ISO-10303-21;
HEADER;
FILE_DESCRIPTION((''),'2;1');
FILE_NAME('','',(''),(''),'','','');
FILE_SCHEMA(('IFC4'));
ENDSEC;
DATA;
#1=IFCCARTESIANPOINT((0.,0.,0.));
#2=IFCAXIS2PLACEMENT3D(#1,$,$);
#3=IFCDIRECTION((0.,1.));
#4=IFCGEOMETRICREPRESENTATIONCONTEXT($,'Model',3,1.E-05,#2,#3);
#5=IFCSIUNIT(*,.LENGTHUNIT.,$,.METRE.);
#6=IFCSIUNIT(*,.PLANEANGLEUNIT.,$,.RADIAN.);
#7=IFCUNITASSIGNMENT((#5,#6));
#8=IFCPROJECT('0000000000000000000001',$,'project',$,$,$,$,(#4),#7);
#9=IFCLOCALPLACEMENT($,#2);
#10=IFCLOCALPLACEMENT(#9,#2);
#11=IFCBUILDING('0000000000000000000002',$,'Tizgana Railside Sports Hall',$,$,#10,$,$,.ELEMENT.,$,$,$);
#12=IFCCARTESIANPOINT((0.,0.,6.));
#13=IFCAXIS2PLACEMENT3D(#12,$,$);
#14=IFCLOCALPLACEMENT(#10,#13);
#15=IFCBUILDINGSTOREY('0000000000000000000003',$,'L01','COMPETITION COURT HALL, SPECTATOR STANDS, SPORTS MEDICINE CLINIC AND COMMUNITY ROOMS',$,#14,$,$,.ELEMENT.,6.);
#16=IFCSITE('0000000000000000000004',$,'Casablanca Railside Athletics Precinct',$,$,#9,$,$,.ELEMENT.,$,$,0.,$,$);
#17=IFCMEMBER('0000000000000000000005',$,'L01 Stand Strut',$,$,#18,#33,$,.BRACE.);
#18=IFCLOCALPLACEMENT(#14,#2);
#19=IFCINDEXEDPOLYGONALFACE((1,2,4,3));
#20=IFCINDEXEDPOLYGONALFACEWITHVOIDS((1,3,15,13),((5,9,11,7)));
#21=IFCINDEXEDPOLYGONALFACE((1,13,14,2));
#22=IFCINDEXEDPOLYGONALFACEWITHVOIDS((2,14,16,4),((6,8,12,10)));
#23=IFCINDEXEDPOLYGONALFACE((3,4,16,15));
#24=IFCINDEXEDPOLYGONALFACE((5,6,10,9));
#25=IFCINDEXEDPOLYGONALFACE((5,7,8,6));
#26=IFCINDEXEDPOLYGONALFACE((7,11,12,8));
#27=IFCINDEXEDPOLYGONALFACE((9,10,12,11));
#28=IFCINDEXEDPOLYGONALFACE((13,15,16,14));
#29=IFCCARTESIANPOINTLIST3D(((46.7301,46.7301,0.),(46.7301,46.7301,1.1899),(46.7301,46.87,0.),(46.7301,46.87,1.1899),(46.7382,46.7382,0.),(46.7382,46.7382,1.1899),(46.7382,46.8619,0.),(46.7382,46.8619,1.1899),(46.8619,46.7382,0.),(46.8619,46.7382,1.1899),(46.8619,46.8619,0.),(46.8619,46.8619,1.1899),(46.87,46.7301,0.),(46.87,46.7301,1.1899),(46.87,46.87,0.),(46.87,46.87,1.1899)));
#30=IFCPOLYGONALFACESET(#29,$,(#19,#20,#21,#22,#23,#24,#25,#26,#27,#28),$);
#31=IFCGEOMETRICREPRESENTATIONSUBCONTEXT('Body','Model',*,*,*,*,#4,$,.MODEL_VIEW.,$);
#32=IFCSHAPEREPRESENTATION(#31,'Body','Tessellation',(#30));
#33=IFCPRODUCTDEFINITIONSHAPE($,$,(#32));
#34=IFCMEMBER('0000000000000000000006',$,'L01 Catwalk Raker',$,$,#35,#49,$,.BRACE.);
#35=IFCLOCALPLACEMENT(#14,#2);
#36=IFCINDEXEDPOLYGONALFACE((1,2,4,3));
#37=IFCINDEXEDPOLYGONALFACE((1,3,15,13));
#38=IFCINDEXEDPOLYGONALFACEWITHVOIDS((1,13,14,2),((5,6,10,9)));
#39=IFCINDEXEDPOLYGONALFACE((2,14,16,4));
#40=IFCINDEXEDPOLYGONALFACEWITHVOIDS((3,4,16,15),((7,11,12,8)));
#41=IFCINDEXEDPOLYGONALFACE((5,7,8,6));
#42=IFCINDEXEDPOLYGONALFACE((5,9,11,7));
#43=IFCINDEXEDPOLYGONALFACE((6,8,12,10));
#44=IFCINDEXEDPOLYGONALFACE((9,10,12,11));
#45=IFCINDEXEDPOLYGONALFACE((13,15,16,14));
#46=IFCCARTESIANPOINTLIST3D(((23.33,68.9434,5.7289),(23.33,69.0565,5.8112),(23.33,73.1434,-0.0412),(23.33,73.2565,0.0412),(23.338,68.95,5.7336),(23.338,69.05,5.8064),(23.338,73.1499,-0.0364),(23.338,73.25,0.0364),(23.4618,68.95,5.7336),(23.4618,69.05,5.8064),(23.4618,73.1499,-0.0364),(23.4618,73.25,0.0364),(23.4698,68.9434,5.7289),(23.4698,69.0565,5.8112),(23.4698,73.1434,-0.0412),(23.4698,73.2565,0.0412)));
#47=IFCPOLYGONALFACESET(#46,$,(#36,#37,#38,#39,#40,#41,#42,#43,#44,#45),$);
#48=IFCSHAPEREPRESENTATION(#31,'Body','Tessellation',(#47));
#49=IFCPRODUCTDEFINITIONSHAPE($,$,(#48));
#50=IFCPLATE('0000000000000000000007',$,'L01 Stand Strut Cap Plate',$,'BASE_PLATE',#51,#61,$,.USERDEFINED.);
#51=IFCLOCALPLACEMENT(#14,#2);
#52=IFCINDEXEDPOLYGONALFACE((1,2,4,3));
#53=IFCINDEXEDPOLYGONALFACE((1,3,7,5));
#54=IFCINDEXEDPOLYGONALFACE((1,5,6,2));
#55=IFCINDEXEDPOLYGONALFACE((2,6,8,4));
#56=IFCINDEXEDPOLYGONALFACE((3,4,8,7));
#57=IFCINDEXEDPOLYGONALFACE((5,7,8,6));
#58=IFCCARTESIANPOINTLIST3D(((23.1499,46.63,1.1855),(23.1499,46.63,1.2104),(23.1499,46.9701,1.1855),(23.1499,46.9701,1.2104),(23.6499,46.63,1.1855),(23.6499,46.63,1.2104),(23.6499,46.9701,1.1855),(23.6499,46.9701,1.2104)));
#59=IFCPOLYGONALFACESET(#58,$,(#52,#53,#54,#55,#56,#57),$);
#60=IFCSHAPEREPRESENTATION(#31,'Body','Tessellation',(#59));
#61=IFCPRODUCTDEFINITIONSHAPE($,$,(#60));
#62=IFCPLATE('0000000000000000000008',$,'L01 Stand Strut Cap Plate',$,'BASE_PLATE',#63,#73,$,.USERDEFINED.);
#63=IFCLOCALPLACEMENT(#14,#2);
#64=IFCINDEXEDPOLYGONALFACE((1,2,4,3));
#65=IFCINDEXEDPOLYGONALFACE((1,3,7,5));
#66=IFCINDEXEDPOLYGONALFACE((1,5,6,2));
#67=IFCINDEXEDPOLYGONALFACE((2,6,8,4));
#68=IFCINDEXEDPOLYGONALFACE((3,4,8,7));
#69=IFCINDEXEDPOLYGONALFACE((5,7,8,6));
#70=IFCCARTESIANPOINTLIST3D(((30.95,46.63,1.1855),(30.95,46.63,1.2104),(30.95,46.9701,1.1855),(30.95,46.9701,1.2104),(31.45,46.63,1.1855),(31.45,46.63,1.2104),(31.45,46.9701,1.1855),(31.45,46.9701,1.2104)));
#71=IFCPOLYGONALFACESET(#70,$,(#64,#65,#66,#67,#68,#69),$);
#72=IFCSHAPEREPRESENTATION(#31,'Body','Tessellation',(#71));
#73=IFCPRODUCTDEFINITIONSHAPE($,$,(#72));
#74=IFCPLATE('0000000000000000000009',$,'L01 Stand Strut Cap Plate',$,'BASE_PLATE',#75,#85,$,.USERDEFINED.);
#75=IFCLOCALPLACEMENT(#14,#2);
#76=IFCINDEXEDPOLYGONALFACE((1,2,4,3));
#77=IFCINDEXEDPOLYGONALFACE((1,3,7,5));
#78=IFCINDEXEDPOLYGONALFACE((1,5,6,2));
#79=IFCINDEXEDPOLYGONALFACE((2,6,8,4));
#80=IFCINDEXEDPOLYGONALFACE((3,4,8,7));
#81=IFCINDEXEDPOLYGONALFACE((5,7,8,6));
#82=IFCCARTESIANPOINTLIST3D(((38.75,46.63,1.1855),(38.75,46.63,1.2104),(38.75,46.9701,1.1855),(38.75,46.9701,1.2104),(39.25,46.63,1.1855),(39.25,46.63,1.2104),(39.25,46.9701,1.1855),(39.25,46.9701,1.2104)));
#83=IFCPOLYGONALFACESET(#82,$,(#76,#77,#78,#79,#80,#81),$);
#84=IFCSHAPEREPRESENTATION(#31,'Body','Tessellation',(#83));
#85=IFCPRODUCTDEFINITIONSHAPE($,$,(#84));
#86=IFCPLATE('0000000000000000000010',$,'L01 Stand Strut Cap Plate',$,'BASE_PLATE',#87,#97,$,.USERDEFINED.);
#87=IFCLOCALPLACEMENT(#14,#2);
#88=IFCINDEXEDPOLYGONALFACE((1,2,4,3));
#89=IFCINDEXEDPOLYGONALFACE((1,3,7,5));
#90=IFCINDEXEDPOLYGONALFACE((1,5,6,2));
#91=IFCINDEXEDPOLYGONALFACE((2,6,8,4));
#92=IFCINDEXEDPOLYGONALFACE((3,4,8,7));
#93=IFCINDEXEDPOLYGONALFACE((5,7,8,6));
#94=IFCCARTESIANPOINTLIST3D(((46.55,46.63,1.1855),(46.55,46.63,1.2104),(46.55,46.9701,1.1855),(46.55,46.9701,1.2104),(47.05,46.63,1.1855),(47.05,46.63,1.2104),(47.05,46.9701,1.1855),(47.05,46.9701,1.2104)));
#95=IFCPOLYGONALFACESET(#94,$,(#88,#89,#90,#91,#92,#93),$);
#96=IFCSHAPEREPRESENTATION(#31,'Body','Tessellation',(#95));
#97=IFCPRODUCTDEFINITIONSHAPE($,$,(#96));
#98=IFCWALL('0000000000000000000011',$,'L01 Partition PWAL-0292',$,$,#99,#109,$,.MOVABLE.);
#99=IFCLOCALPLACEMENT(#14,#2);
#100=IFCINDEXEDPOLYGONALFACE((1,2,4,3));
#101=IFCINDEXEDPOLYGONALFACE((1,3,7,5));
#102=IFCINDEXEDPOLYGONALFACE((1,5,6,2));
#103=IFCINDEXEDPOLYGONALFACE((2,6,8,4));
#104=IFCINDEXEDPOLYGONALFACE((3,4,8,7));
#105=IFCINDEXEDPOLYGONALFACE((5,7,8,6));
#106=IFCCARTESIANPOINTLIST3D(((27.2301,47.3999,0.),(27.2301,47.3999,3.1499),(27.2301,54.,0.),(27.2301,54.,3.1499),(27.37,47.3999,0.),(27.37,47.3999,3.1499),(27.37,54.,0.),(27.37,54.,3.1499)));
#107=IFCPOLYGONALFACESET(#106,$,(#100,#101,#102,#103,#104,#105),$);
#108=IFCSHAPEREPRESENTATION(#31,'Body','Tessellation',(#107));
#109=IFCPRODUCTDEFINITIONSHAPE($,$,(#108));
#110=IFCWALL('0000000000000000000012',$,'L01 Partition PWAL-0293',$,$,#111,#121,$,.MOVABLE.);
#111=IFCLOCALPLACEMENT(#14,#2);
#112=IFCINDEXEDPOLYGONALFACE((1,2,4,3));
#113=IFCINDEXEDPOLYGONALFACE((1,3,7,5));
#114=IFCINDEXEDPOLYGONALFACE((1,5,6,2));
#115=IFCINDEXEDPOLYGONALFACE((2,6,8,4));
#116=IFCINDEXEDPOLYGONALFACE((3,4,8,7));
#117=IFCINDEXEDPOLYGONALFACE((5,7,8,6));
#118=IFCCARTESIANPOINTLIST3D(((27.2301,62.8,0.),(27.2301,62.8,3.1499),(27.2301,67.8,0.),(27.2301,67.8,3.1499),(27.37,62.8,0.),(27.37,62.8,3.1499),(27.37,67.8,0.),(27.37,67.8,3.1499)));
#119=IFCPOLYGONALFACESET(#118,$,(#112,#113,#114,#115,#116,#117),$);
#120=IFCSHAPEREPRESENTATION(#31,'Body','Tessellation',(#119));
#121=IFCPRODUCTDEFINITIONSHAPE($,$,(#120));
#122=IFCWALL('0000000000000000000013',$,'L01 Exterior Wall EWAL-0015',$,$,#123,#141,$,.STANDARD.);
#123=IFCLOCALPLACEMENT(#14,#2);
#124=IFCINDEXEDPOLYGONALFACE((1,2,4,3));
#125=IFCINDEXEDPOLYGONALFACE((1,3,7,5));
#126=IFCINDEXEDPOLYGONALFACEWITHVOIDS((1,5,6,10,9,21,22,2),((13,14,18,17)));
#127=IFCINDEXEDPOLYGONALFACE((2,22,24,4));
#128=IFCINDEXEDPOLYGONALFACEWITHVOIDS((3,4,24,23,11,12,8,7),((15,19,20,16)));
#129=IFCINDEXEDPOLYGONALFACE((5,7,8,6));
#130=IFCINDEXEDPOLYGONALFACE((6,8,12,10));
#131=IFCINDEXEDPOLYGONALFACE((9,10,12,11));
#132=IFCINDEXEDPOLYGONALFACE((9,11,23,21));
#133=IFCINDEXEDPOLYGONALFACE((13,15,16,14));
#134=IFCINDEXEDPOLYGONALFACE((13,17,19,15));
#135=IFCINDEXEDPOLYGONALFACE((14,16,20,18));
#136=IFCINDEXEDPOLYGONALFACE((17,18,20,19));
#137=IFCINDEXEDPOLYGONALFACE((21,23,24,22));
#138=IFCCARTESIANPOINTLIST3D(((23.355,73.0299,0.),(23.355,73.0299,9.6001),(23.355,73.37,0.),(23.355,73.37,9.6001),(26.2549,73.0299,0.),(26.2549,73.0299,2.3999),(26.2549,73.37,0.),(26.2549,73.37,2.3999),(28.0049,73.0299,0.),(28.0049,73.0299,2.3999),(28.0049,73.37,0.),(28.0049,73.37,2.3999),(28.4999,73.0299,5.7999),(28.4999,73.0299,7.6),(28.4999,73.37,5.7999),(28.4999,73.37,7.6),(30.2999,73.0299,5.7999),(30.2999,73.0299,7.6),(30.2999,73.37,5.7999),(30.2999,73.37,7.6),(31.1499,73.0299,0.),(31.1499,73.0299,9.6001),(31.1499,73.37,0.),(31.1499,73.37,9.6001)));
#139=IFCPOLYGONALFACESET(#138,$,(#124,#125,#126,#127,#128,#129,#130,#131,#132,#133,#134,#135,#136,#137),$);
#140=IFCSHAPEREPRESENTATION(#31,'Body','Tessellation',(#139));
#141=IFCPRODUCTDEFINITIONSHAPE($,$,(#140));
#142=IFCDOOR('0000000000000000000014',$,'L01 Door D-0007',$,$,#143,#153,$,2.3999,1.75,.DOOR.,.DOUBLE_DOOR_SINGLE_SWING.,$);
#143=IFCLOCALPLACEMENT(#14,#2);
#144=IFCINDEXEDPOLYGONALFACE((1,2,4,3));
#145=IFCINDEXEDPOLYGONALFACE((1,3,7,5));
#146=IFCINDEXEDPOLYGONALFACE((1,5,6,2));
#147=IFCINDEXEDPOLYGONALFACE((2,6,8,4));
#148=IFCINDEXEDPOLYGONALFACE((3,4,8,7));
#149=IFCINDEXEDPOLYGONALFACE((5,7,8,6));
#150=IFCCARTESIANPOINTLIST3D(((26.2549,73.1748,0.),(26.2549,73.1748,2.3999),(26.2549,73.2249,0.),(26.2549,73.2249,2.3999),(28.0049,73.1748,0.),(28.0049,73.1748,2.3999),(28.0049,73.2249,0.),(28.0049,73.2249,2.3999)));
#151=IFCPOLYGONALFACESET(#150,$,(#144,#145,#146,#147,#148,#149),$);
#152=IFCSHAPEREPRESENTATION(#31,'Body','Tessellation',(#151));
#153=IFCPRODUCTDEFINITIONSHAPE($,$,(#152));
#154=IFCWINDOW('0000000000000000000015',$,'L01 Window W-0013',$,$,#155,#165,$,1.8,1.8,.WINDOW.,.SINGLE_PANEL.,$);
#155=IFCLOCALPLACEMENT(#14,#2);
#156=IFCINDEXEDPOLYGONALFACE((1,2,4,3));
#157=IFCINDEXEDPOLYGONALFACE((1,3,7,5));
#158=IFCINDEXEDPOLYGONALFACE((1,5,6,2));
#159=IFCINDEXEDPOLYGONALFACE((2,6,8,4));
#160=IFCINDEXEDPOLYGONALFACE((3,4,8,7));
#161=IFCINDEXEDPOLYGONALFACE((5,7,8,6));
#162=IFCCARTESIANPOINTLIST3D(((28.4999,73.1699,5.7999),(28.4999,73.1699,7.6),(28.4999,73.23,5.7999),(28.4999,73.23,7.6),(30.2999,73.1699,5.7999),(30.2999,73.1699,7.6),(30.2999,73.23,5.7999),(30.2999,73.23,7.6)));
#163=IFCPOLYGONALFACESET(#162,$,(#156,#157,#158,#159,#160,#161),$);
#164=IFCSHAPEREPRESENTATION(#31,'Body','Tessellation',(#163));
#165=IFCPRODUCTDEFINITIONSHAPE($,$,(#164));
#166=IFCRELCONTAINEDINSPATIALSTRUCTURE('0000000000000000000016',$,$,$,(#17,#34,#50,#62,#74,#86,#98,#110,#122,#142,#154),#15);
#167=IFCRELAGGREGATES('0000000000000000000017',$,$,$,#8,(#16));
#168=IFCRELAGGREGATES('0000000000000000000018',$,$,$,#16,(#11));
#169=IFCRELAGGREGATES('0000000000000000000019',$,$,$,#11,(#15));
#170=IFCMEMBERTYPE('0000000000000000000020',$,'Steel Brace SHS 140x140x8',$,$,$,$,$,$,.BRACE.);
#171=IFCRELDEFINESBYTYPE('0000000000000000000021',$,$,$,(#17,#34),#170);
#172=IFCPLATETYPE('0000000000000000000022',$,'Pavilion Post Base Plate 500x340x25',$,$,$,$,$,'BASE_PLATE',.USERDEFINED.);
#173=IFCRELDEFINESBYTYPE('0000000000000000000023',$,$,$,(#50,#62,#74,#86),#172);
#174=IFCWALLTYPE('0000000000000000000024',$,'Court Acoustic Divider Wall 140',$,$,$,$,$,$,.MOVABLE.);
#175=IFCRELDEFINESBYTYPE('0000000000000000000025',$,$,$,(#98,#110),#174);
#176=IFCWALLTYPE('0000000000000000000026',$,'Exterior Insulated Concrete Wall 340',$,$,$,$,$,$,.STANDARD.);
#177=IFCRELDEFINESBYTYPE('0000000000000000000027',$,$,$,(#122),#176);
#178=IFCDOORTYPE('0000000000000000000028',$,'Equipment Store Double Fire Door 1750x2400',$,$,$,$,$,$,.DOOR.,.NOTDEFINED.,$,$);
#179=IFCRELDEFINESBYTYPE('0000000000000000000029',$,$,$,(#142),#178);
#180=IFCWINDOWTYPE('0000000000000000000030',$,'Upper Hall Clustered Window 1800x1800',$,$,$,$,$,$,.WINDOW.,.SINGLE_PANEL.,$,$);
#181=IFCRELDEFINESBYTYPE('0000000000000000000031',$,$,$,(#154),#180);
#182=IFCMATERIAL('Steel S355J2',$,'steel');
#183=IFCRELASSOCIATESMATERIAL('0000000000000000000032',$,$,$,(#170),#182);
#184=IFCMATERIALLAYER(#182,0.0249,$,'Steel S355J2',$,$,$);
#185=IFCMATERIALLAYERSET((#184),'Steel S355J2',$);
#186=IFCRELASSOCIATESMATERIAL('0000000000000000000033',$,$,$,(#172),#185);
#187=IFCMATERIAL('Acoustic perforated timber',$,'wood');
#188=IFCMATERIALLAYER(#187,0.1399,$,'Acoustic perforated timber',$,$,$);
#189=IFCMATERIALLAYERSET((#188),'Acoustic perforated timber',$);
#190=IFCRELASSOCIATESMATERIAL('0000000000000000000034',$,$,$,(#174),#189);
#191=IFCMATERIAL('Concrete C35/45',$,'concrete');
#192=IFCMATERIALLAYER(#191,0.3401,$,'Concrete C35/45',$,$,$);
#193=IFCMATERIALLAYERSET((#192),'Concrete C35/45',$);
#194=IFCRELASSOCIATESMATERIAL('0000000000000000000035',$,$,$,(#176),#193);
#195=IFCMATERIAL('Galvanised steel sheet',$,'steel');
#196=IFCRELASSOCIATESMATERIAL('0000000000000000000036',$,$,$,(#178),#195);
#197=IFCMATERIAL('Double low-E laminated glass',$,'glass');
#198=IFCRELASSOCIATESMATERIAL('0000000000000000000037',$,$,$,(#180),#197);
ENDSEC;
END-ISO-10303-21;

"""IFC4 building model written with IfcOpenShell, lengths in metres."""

from ifc_helpers import new_model, si_unit, direction, frame, frame_2d, origin, origin_2d, place, context, subcontext, project, spatial, rectangle, hollow_rectangle, extrude, material, layer, layer_set, material_profile, profile_set, type_object, element, fill, save


model = new_model("IFC4")

# Units and contexts
model_context = context("Model", 3, precision=1e-05, world=origin(), true_north=direction((0.0, 1.0)))
body_context = subcontext(model_context, "Body", "Model", "MODEL_VIEW")
ifc_project = project(units=[si_unit("LENGTHUNIT", "METRE"), si_unit("PLANEANGLEUNIT", "RADIAN")], contexts=[model_context])

# Site, building, storey
site_placement = place(None, origin())
site = spatial("IfcSite", under=ifc_project, at=site_placement, Name="Casablanca Railside Athletics Precinct", CompositionType="ELEMENT", RefElevation=0.0)
building_placement = place(site_placement, origin())
building = spatial("IfcBuilding", under=site, at=building_placement, Name="Tizgana Railside Sports Hall", CompositionType="ELEMENT")
storey_placement = place(building_placement, frame((0.0, 0.0, 6.0)))
storey = spatial("IfcBuildingStorey", under=building, at=storey_placement, Name="L01", Description="COMPETITION COURT HALL, SPECTATOR STANDS, SPORTS MEDICINE CLINIC AND COMMUNITY ROOMS", CompositionType="ELEMENT", Elevation=6.0)

# Shared definitions
ifc_material_1 = material(Name="Steel S355J2", Category="steel")

# Members
ifc_material_profile_1 = material_profile(ifc_material_1, hollow_rectangle(XDim=0.1399, YDim=0.1399, WallThickness=0.0081, at=origin_2d()), Name="SHS 140x140x8")
ifc_profile_set_1 = profile_set([ifc_material_profile_1], Name="Steel S355J2")
member_type = type_object("IfcMemberType", Name="Steel Brace SHS 140x140x8", PredefinedType="BRACE", material=ifc_profile_set_1)
for number, where, z_axis, x_axis, name in (
    (1, (46.8, 46.8, 0.0), (0.0, 0.0, 1.0), (1.0, 0.0, 0.0), "L01 Stand Strut"),
):
    element("IfcMember", number, at=place(storey_placement, frame(where, z_axis=z_axis, x_axis=x_axis)), inside=storey, type_object=member_type, Name=name, PredefinedType="BRACE", context=body_context, shape_type="SweptSolid", body=[
        extrude(hollow_rectangle(XDim=0.1399, YDim=0.1399, WallThickness=0.0081, at=origin_2d()), origin(), (0.0, 0.0, 1.0), 1.1899),
    ])
member_placement = place(storey_placement, frame((23.3999, 73.2, 0.0), z_axis=(0.0, -0.588499, 0.808498), x_axis=(1.0, 0.0, 0.0)))
element("IfcMember", 2, at=member_placement, inside=storey, type_object=member_type, Name="L01 Catwalk Raker", PredefinedType="BRACE", context=body_context, shape_type="SweptSolid", body=[
    extrude(hollow_rectangle(XDim=0.1399, YDim=0.1399, WallThickness=0.0081, at=origin_2d()), origin(), (0.0, 0.0, 1.0), 7.1367),
])

# Plates
ifc_layer_1 = layer(ifc_material_1, 0.0249, Name="Steel S355J2")
ifc_layer_set_1 = layer_set([ifc_layer_1], Name="Steel S355J2")
plate_type = type_object("IfcPlateType", Name="Pavilion Post Base Plate 500x340x25", ElementType="BASE_PLATE", PredefinedType="USERDEFINED", material=ifc_layer_set_1)
for number, where, z_axis, x_axis, name in (
    (3, (23.3999, 46.8, 1.1855), (0.0, 0.0, 1.0), (1.0, 0.0, 0.0), "L01 Stand Strut Cap Plate"),
    (4, (31.2, 46.8, 1.1855), (0.0, 0.0, 1.0), (1.0, 0.0, 0.0), "L01 Stand Strut Cap Plate"),
    (5, (39.0, 46.8, 1.1855), (0.0, 0.0, 1.0), (1.0, 0.0, 0.0), "L01 Stand Strut Cap Plate"),
    (6, (46.8, 46.8, 1.1855), (0.0, 0.0, 1.0), (1.0, 0.0, 0.0), "L01 Stand Strut Cap Plate"),
):
    element("IfcPlate", number, at=place(storey_placement, frame(where, z_axis=z_axis, x_axis=x_axis)), inside=storey, type_object=plate_type, Name=name, ObjectType="BASE_PLATE", PredefinedType="USERDEFINED", context=body_context, shape_type="SweptSolid", body=[
        extrude(rectangle(XDim=0.5, YDim=0.3401, at=origin_2d()), origin(), (0.0, 0.0, 1.0), 0.0249),
    ])

# Walls
ifc_material_2 = material(Name="Acoustic perforated timber", Category="wood")
ifc_layer_2 = layer(ifc_material_2, 0.1399, Name="Acoustic perforated timber")
ifc_layer_set_2 = layer_set([ifc_layer_2], Name="Acoustic perforated timber")
wall_type_1 = type_object("IfcWallType", Name="Court Acoustic Divider Wall 140", PredefinedType="MOVABLE", material=ifc_layer_set_2)
wall_1_placement = place(storey_placement, frame((27.3, 47.3999, 0.0), z_axis=(0.0, 0.0, 1.0), x_axis=(0.0, 1.0, 0.0)))
element("IfcWall", 7, at=wall_1_placement, inside=storey, type_object=wall_type_1, Name="L01 Partition PWAL-0292", PredefinedType="MOVABLE", context=body_context, shape_type="SweptSolid", body=[
    extrude(rectangle(XDim=6.6001, YDim=0.1399, at=frame_2d((3.3, 0.0))), origin(), (0.0, 0.0, 1.0), 3.1499),
])
wall_2_placement = place(storey_placement, frame((27.3, 62.8, 0.0), z_axis=(0.0, 0.0, 1.0), x_axis=(0.0, 1.0, 0.0)))
element("IfcWall", 8, at=wall_2_placement, inside=storey, type_object=wall_type_1, Name="L01 Partition PWAL-0293", PredefinedType="MOVABLE", context=body_context, shape_type="SweptSolid", body=[
    extrude(rectangle(XDim=5.0, YDim=0.1399, at=frame_2d((2.5, 0.0))), origin(), (0.0, 0.0, 1.0), 3.1499),
])

# Wall, openings, door, window
ifc_material_3 = material(Name="Concrete C35/45", Category="concrete")
ifc_layer_3 = layer(ifc_material_3, 0.3401, Name="Concrete C35/45")
ifc_layer_set_3 = layer_set([ifc_layer_3], Name="Concrete C35/45")
wall_type_2 = type_object("IfcWallType", Name="Exterior Insulated Concrete Wall 340", PredefinedType="STANDARD", material=ifc_layer_set_3)
wall_3_placement = place(storey_placement, frame((23.355, 73.2, 0.0), z_axis=(0.0, 0.0, 1.0), x_axis=(1.0, 0.0, 0.0)))
wall_3 = element("IfcWall", 9, at=wall_3_placement, inside=storey, type_object=wall_type_2, Name="L01 Exterior Wall EWAL-0015", PredefinedType="STANDARD", context=body_context, shape_type="SweptSolid", body=[
    extrude(rectangle(XDim=7.7949, YDim=0.3401, at=frame_2d((3.8975, 0.0))), origin(), (0.0, 0.0, 1.0), 9.6001),
])
opening_1_placement = place(wall_3_placement, frame((2.8999, 0.0, 0.0)))
opening_1 = element("IfcOpeningElement", 10, at=opening_1_placement, cuts=wall_3, PredefinedType="OPENING", context=body_context, shape_type="SweptSolid", body=[
    extrude(rectangle(XDim=1.75, YDim=2.3999, at=frame_2d((0.875, 1.2))), frame((0.0, 0.1799, 0.0), z_axis=(0.0, -1.0, 0.0), x_axis=(1.0, 0.0, 0.0)), (0.0, 0.0, 1.0), 0.3601),
])
opening_2_placement = place(wall_3_placement, frame((5.145, 0.0, 5.8)))
opening_2 = element("IfcOpeningElement", 11, at=opening_2_placement, cuts=wall_3, PredefinedType="OPENING", context=body_context, shape_type="SweptSolid", body=[
    extrude(rectangle(XDim=1.8, YDim=1.8, at=frame_2d((0.8999, 0.8999))), frame((0.0, 0.1799, 0.0), z_axis=(0.0, -1.0, 0.0), x_axis=(1.0, 0.0, 0.0)), (0.0, 0.0, 1.0), 0.3601),
])
ifc_material_4 = material(Name="Galvanised steel sheet", Category="steel")
door_type = type_object("IfcDoorType", Name="Equipment Store Double Fire Door 1750x2400", OperationType="NOTDEFINED", PredefinedType="DOOR", material=ifc_material_4)
door_1_placement = place(opening_1_placement, origin())
door_1 = element("IfcDoor", 12, at=door_1_placement, inside=storey, type_object=door_type, Name="L01 Door D-0007", OperationType="DOUBLE_DOOR_SINGLE_SWING", OverallHeight=2.3999, OverallWidth=1.75, PredefinedType="DOOR", context=body_context, shape_type="SweptSolid", body=[
    extrude(rectangle(XDim=1.75, YDim=2.3999, at=frame_2d((0.875, 1.2))), frame((0.0, 0.0249, 0.0), z_axis=(0.0, -1.0, 0.0), x_axis=(1.0, 0.0, 0.0)), (0.0, 0.0, 1.0), 0.05),
])
fill(opening_1, door_1)
ifc_material_5 = material(Name="Double low-E laminated glass", Category="glass")
window_type = type_object("IfcWindowType", Name="Upper Hall Clustered Window 1800x1800", PartitioningType="SINGLE_PANEL", PredefinedType="WINDOW", material=ifc_material_5)
window_placement = place(opening_2_placement, origin())
window = element("IfcWindow", 13, at=window_placement, inside=storey, type_object=window_type, Name="L01 Window W-0013", OverallHeight=1.8, OverallWidth=1.8, PartitioningType="SINGLE_PANEL", PredefinedType="WINDOW", context=body_context, shape_type="SweptSolid", body=[
    extrude(rectangle(XDim=1.8, YDim=1.8, at=frame_2d((0.8999, 0.8999))), frame((0.0, 0.03, 0.0), z_axis=(0.0, -1.0, 0.0), x_axis=(1.0, 0.0, 0.0)), (0.0, 0.0, 1.0), 0.0601),
])
fill(opening_2, window)

save(model, "model.ifc")
